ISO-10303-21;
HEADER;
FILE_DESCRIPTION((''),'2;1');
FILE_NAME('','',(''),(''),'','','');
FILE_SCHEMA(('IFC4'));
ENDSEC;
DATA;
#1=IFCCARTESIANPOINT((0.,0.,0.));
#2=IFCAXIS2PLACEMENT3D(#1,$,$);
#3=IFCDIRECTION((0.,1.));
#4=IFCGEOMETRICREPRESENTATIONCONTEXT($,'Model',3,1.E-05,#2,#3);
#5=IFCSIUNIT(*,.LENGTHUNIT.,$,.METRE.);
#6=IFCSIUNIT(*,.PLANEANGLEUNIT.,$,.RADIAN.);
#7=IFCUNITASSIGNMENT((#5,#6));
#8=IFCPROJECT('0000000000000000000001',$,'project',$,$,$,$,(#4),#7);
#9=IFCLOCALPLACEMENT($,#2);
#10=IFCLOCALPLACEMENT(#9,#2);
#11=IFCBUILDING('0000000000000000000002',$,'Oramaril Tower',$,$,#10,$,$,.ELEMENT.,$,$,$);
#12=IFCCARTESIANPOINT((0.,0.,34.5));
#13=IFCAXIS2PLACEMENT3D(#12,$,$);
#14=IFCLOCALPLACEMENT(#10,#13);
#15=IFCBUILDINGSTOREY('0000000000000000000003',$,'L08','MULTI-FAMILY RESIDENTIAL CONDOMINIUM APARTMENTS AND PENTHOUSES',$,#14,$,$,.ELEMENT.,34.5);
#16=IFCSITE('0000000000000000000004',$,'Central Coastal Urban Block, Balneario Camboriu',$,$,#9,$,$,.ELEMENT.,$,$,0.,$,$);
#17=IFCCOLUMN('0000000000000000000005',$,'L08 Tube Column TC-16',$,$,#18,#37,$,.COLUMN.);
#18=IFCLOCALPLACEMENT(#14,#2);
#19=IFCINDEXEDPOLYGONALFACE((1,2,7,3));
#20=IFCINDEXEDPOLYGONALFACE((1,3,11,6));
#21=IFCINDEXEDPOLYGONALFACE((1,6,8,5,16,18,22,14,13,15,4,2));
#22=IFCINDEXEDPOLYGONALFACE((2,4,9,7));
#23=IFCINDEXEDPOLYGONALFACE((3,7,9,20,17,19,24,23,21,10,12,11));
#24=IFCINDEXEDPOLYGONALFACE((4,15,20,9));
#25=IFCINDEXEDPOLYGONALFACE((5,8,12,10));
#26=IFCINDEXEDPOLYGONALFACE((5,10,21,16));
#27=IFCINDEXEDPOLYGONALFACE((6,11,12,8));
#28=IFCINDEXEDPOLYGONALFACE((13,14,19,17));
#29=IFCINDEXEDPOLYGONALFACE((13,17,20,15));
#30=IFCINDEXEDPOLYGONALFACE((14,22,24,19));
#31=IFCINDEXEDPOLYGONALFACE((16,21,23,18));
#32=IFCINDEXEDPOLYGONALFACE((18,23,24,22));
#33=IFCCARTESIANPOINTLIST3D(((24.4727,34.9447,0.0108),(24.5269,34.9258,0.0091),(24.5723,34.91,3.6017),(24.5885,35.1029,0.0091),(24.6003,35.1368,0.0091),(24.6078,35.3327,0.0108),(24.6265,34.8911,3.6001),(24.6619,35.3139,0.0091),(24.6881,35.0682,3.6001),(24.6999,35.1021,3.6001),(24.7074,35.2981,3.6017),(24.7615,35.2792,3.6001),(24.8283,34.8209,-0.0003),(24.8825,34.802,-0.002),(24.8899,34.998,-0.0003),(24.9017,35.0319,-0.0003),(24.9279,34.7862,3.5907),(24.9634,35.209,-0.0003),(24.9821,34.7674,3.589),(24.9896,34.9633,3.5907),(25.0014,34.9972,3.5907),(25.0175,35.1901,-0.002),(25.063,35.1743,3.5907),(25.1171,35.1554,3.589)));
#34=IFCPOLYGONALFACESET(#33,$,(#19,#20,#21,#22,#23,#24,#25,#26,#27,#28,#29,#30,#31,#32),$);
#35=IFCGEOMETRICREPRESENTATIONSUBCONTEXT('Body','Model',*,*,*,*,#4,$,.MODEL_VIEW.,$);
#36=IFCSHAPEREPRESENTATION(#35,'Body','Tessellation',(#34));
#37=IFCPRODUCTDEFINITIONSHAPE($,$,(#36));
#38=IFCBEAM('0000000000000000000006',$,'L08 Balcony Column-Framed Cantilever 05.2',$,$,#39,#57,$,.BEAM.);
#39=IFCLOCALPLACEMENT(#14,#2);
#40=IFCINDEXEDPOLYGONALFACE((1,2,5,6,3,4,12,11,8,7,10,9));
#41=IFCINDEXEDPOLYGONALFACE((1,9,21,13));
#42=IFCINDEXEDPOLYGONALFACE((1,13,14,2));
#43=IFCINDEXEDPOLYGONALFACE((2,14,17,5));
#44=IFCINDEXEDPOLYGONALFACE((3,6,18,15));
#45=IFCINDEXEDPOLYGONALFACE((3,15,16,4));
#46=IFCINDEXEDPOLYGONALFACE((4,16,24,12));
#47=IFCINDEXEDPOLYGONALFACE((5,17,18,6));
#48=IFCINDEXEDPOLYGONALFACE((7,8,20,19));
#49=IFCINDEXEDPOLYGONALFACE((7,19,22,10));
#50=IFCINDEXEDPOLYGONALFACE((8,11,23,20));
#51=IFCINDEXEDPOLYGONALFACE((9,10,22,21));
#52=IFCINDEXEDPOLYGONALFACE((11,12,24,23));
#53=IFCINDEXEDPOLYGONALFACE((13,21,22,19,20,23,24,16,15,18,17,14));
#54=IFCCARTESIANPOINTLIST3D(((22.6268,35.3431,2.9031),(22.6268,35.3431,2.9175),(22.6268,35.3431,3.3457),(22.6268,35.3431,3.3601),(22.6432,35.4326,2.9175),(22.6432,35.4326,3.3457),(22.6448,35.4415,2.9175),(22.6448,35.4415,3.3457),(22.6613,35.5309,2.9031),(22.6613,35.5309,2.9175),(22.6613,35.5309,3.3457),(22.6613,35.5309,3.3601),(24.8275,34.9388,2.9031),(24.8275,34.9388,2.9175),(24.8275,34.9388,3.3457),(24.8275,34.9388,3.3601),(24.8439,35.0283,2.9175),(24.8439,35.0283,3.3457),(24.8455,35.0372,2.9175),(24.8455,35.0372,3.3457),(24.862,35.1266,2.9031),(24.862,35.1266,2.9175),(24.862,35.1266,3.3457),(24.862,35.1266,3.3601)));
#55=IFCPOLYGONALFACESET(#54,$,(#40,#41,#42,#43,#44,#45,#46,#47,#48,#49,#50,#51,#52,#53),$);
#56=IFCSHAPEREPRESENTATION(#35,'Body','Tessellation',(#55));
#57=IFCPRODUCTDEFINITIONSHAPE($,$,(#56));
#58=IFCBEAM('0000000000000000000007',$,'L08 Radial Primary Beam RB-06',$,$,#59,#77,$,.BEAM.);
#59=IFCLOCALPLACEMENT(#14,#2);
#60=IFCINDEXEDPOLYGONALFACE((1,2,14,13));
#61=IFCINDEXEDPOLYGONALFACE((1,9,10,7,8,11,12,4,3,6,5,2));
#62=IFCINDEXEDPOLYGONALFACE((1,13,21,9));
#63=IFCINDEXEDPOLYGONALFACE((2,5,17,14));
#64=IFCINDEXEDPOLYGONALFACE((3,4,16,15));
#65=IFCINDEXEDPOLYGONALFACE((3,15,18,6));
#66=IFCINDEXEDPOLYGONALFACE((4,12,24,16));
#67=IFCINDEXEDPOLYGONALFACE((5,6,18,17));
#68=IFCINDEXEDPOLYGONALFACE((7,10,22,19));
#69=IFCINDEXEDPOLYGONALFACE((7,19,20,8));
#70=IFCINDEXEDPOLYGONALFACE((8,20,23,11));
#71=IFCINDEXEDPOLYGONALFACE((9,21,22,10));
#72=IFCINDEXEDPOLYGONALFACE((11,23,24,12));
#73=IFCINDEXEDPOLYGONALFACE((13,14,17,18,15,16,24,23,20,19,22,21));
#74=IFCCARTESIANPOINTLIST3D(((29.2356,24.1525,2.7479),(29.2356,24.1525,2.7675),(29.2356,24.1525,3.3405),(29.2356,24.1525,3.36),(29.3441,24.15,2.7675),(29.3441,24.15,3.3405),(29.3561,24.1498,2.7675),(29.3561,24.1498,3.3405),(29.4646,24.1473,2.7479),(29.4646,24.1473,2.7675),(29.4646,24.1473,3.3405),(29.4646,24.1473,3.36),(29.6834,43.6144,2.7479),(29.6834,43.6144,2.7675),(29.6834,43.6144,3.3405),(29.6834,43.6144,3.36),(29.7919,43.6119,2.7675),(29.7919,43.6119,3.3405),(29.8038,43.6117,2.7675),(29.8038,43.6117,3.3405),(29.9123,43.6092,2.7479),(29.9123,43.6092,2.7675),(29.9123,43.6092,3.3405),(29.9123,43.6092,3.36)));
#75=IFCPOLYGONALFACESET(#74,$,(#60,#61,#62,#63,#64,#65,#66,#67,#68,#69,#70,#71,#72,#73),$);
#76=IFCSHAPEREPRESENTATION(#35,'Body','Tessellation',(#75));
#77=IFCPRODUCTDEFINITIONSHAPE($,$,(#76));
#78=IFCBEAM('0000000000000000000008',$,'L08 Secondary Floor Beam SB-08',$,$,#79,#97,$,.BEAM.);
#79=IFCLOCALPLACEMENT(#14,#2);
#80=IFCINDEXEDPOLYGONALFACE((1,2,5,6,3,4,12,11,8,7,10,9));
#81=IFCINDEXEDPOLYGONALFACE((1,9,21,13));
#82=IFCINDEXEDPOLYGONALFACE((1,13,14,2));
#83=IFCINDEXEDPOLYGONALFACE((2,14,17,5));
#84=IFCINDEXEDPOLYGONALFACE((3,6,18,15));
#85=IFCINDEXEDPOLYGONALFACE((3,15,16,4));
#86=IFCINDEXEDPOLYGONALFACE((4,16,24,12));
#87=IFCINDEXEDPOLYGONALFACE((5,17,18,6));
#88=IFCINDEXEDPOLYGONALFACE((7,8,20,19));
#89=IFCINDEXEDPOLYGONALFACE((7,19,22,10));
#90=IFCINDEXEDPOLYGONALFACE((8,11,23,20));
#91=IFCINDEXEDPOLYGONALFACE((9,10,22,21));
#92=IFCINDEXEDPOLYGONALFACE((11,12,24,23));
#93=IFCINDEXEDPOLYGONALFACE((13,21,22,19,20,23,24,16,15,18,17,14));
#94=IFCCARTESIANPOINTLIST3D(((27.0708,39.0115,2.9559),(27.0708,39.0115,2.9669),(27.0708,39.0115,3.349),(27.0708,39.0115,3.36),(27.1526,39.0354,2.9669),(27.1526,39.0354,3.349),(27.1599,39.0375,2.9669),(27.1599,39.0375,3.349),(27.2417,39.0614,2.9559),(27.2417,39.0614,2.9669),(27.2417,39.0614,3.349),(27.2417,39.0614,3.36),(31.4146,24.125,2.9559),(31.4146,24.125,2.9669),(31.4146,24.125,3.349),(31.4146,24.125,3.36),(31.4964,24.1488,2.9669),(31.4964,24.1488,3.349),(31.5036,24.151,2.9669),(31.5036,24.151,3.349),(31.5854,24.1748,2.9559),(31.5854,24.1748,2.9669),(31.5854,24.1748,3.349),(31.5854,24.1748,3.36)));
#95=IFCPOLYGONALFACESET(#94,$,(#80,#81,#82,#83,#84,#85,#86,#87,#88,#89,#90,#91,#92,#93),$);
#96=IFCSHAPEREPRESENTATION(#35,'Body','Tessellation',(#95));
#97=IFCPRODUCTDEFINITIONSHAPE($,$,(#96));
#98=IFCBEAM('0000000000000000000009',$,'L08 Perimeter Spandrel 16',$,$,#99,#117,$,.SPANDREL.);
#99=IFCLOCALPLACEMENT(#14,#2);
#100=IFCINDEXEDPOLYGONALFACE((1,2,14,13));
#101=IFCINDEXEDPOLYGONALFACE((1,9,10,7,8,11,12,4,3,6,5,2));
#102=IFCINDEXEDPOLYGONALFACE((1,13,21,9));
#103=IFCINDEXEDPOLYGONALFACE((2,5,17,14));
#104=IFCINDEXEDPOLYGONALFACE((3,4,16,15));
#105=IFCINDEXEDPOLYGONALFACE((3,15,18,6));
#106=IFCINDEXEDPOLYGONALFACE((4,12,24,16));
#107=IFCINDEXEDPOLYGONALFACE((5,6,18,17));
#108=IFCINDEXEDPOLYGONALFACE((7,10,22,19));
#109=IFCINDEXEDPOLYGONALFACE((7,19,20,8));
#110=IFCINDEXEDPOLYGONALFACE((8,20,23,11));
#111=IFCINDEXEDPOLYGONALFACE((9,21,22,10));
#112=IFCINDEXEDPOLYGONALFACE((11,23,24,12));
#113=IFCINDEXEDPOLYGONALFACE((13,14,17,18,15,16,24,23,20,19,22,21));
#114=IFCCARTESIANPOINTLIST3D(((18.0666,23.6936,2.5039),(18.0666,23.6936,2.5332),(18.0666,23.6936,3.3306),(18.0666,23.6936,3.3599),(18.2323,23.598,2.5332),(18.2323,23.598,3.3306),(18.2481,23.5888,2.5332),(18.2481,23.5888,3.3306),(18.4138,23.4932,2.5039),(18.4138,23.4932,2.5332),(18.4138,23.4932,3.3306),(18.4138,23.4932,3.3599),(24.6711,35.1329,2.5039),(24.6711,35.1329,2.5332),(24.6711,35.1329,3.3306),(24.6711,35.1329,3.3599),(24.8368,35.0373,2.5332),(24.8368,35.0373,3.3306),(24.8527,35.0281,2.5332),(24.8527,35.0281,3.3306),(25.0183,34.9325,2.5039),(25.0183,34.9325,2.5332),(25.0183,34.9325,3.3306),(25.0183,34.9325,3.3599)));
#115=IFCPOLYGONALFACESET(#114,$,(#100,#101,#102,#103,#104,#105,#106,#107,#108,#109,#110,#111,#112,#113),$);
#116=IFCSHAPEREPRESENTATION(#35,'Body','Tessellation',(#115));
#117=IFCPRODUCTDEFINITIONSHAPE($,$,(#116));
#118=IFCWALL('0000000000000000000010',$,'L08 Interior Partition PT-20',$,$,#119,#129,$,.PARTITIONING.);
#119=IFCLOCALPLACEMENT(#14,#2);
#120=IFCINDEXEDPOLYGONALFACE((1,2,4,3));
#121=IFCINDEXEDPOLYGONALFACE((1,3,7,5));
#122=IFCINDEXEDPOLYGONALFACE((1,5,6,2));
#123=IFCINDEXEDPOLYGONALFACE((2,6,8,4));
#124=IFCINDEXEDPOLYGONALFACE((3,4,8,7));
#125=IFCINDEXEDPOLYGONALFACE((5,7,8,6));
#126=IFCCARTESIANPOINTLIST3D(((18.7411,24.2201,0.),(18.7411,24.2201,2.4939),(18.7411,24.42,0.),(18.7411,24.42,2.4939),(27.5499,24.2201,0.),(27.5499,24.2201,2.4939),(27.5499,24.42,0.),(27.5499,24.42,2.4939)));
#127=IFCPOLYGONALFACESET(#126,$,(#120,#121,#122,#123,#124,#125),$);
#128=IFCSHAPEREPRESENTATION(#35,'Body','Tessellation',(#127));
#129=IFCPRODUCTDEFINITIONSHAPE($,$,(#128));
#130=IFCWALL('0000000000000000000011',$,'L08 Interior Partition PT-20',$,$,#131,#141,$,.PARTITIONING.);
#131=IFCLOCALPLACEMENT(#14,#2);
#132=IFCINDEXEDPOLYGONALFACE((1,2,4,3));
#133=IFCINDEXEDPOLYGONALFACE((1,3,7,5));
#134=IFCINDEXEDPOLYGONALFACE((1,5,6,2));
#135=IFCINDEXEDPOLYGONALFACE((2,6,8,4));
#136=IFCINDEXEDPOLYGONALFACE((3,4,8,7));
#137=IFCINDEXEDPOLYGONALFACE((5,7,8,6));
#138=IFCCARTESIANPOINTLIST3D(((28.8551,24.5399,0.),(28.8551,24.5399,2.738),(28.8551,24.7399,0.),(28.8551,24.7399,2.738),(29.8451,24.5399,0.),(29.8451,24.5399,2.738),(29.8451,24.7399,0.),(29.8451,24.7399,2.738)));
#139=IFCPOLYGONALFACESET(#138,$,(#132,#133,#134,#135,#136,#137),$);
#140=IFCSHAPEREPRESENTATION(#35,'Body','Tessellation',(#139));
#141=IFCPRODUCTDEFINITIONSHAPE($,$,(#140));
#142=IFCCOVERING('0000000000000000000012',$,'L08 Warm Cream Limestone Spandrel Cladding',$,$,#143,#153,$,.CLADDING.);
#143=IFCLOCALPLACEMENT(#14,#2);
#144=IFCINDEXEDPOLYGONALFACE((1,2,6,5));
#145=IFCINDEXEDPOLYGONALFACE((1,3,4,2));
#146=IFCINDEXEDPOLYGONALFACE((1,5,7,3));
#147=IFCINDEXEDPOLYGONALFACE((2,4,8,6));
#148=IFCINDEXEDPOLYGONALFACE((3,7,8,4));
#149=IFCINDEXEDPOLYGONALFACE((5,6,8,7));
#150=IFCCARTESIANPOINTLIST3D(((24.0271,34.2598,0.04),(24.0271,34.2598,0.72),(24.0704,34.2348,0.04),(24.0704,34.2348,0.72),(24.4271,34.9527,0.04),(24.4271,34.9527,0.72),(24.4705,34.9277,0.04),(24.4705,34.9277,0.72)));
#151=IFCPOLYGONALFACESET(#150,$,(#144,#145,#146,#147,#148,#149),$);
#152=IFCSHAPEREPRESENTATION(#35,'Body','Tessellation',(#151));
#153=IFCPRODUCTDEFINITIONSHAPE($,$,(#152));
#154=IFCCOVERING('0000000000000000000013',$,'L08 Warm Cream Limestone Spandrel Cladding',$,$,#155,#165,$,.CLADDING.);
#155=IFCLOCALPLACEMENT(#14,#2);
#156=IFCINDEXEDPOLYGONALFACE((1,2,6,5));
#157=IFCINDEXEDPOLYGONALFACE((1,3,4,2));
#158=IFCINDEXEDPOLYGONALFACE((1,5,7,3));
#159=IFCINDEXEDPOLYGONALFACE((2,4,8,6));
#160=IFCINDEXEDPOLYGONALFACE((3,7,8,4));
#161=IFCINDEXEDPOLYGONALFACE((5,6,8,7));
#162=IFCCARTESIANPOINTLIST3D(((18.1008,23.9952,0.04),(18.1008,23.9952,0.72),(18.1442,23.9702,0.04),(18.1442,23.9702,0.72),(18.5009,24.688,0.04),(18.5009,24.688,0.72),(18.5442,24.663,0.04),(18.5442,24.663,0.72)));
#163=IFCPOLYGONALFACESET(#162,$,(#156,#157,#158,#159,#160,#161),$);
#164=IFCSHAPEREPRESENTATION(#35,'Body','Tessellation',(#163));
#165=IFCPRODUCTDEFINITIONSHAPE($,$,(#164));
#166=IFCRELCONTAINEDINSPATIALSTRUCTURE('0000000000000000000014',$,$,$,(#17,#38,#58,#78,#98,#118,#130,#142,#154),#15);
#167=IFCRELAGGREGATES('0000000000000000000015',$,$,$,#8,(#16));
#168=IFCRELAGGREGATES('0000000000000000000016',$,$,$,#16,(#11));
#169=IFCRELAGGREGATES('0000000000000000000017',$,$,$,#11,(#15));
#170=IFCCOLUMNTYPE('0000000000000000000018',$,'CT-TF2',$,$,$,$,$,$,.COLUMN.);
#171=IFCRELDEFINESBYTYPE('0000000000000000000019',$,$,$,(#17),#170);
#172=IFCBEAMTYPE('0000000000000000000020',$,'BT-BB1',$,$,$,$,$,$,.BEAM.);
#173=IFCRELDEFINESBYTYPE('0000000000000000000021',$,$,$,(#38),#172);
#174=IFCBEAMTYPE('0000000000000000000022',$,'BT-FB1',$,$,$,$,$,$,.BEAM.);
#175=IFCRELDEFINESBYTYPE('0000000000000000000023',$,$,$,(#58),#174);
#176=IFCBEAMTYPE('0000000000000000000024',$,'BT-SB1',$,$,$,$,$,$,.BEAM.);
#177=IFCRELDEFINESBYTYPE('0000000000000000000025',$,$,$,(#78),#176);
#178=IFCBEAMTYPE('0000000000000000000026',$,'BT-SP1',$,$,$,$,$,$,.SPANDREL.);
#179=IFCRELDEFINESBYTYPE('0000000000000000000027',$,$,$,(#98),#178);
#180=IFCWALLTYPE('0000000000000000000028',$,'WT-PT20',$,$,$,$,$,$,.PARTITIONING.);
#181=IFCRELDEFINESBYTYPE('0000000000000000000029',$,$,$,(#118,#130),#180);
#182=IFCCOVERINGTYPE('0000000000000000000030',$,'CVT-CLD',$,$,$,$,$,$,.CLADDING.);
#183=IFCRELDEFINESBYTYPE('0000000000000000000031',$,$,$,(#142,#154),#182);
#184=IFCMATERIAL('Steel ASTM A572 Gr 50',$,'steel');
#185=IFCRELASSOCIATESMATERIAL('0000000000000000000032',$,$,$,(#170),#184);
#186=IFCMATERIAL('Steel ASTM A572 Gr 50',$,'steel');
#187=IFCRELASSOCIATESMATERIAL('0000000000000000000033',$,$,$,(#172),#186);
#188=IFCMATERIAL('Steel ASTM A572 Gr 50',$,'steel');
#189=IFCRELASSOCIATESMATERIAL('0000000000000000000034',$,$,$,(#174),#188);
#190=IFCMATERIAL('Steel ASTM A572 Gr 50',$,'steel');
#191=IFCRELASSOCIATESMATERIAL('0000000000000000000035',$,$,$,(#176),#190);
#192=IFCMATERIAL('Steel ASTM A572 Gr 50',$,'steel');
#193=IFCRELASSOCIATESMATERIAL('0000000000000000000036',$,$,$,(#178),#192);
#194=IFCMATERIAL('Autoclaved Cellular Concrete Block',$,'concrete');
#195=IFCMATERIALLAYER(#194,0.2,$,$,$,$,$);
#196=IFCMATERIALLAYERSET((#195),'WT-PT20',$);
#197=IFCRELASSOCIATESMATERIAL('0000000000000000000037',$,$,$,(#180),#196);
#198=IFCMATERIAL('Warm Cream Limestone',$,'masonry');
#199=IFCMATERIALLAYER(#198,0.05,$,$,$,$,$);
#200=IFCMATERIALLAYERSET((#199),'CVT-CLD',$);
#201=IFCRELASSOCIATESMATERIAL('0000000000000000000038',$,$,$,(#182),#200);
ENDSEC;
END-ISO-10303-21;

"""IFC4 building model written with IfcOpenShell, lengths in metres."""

from ifc_helpers import new_model, si_unit, direction, frame, frame_2d, origin, origin_2d, place, context, subcontext, project, spatial, rectangle, i_section, extrude, material, layer, layer_set, material_profile, profile_set, type_object, element, save


model = new_model("IFC4")

# Units and contexts
model_context = context("Model", 3, precision=1e-05, world=origin(), true_north=direction((0.0, 1.0)))
body_context = subcontext(model_context, "Body", "Model", "MODEL_VIEW")
ifc_project = project(units=[si_unit("LENGTHUNIT", "METRE"), si_unit("PLANEANGLEUNIT", "RADIAN")], contexts=[model_context])

# Site, building, storey
site_placement = place(None, origin())
site = spatial("IfcSite", under=ifc_project, at=site_placement, Name="Central Coastal Urban Block, Balneario Camboriu", CompositionType="ELEMENT", RefElevation=0.0)
building_placement = place(site_placement, origin())
building = spatial("IfcBuilding", under=site, at=building_placement, Name="Oramaril Tower", CompositionType="ELEMENT")
storey_placement = place(building_placement, frame((0.0, 0.0, 34.5)))
storey = spatial("IfcBuildingStorey", under=building, at=storey_placement, Name="L08", Description="MULTI-FAMILY RESIDENTIAL CONDOMINIUM APARTMENTS AND PENTHOUSES", CompositionType="ELEMENT", Elevation=34.5)

# Column
ifc_material_1 = material(Name="Steel ASTM A572 Gr 50", Category="steel")
ifc_material_profile_1 = material_profile(ifc_material_1, i_section(OverallWidth=0.4109, OverallDepth=0.4341, WebThickness=0.0359, FlangeThickness=0.0574, at=origin_2d()), Name="W14X311")
ifc_profile_set_1 = profile_set([ifc_material_profile_1], Name="Steel ASTM A572 Gr 50")
column_type = type_object("IfcColumnType", Name="CT-TF2", PredefinedType="COLUMN", material=ifc_profile_set_1)
column_placement = place(storey_placement, frame((24.7451, 35.0674, 0.0044), z_axis=(0.027726, -0.00965, 0.999569), x_axis=(0.3287, 0.944434, 0.0)))
element("IfcColumn", 1, at=column_placement, inside=storey, type_object=column_type, Name="L08 Tube Column TC-16", PredefinedType="COLUMN", context=body_context, shape_type="SweptSolid", body=[
    extrude(i_section(OverallWidth=0.4109, OverallDepth=0.4341, WebThickness=0.0359, FlangeThickness=0.0574, at=origin_2d()), origin(), (0.0, 0.0, 1.0), 3.5925),
])

# Beams
ifc_material_2 = material(Name="Steel ASTM A572 Gr 50", Category="steel")
ifc_material_profile_2 = material_profile(ifc_material_2, i_section(OverallWidth=0.1909, OverallDepth=0.457, WebThickness=0.009, FlangeThickness=0.0144, at=origin_2d()), Name="W18X50")
ifc_profile_set_2 = profile_set([ifc_material_profile_2], Name="Steel ASTM A572 Gr 50")
beam_type_1 = type_object("IfcBeamType", Name="BT-BB1", PredefinedType="BEAM", material=ifc_profile_set_2)
beam_1_placement = place(storey_placement, frame((24.8447, 35.0327, 3.1316), z_axis=(-0.98354, 0.18069, 0.0), x_axis=(-0.18069, -0.98354, 0.0)))
element("IfcBeam", 2, at=beam_1_placement, inside=storey, type_object=beam_type_1, Name="L08 Balcony Column-Framed Cantilever 05.2", PredefinedType="BEAM", context=body_context, shape_type="SweptSolid", body=[
    extrude(i_section(OverallWidth=0.1909, OverallDepth=0.457, WebThickness=0.009, FlangeThickness=0.0144, at=origin_2d()), origin(), (0.0, 0.0, 1.0), 2.2375),
])
ifc_material_3 = material(Name="Steel ASTM A572 Gr 50", Category="steel")
ifc_material_profile_3 = material_profile(ifc_material_3, i_section(OverallWidth=0.229, OverallDepth=0.6121, WebThickness=0.012, FlangeThickness=0.0195, at=origin_2d()), Name="W24X84")
ifc_profile_set_3 = profile_set([ifc_material_profile_3], Name="Steel ASTM A572 Gr 50")
beam_type_2 = type_object("IfcBeamType", Name="BT-FB1", PredefinedType="BEAM", material=ifc_profile_set_3)
beam_2_placement = place(storey_placement, frame((29.3501, 24.1499, 3.054), z_axis=(0.023001, 0.999735, 0.0), x_axis=(-0.999735, 0.023001, 0.0)))
element("IfcBeam", 3, at=beam_2_placement, inside=storey, type_object=beam_type_2, Name="L08 Radial Primary Beam RB-06", PredefinedType="BEAM", context=body_context, shape_type="SweptSolid", body=[
    extrude(i_section(OverallWidth=0.229, OverallDepth=0.6121, WebThickness=0.012, FlangeThickness=0.0195, at=origin_2d()), origin(), (0.0, 0.0, 1.0), 19.467),
])
ifc_material_4 = material(Name="Steel ASTM A572 Gr 50", Category="steel")
ifc_material_profile_4 = material_profile(ifc_material_4, i_section(OverallWidth=0.178, OverallDepth=0.4041, WebThickness=0.0076, FlangeThickness=0.011, at=origin_2d()), Name="W16X36")
ifc_profile_set_4 = profile_set([ifc_material_profile_4], Name="Steel ASTM A572 Gr 50")
beam_type_3 = type_object("IfcBeamType", Name="BT-SB1", PredefinedType="BEAM", material=ifc_profile_set_4)
beam_3_placement = place(storey_placement, frame((31.5, 24.1499, 3.158), z_axis=(-0.280111, 0.959968, 0.0), x_axis=(-0.959968, -0.280111, 0.0)))
element("IfcBeam", 4, at=beam_3_placement, inside=storey, type_object=beam_type_3, Name="L08 Secondary Floor Beam SB-08", PredefinedType="BEAM", context=body_context, shape_type="SweptSolid", body=[
    extrude(i_section(OverallWidth=0.178, OverallDepth=0.4041, WebThickness=0.0076, FlangeThickness=0.011, at=origin_2d()), origin(), (0.0, 0.0, 1.0), 15.5073),
])
ifc_material_5 = material(Name="Steel ASTM A572 Gr 50", Category="steel")
ifc_material_profile_5 = material_profile(ifc_material_5, i_section(OverallWidth=0.4009, OverallDepth=0.856, WebThickness=0.0183, FlangeThickness=0.0293, at=origin_2d()), Name="W33X201")
ifc_profile_set_5 = profile_set([ifc_material_profile_5], Name="Steel ASTM A572 Gr 50")
beam_type_4 = type_object("IfcBeamType", Name="BT-SP1", PredefinedType="SPANDREL", material=ifc_profile_set_5)
beam_4_placement = place(storey_placement, frame((24.8447, 35.0327, 2.9319), z_axis=(-0.500004, -0.866023, 0.0), x_axis=(0.866023, -0.500004, 0.0)))
element("IfcBeam", 5, at=beam_4_placement, inside=storey, type_object=beam_type_4, Name="L08 Perimeter Spandrel 16", PredefinedType="SPANDREL", context=body_context, shape_type="SweptSolid", body=[
    extrude(i_section(OverallWidth=0.4009, OverallDepth=0.856, WebThickness=0.0183, FlangeThickness=0.0293, at=origin_2d()), origin(), (0.0, 0.0, 1.0), 13.209),
])

# Walls
ifc_material_6 = material(Name="Autoclaved Cellular Concrete Block", Category="concrete")
ifc_layer_1 = layer(ifc_material_6, 0.2)
ifc_layer_set_1 = layer_set([ifc_layer_1], Name="WT-PT20")
wall_type_1 = type_object("IfcWallType", Name="WT-PT20", PredefinedType="PARTITIONING", material=ifc_layer_set_1)
wall_1_placement = place(storey_placement, frame((18.7412, 24.3201, 0.0), z_axis=(0.0, 0.0, 1.0), x_axis=(1.0, 0.0, 0.0)))
element("IfcWall", 6, at=wall_1_placement, inside=storey, type_object=wall_type_1, Name="L08 Interior Partition PT-20", PredefinedType="PARTITIONING", context=body_context, shape_type="SweptSolid", body=[
    extrude(rectangle(XDim=8.8088, YDim=0.2, at=frame_2d((4.4043, 0.0))), origin(), (0.0, 0.0, 1.0), 2.4939),
])
wall_2_placement = place(storey_placement, frame((28.855, 24.6399, 0.0), z_axis=(0.0, 0.0, 1.0), x_axis=(1.0, 0.0, 0.0)))
element("IfcWall", 7, at=wall_2_placement, inside=storey, type_object=wall_type_1, Name="L08 Interior Partition PT-20", PredefinedType="PARTITIONING", context=body_context, shape_type="SweptSolid", body=[
    extrude(rectangle(XDim=0.99, YDim=0.2, at=frame_2d((0.4951, 0.0))), origin(), (0.0, 0.0, 1.0), 2.738),
])

# Coverings
ifc_material_7 = material(Name="Warm Cream Limestone", Category="masonry")
ifc_layer_2 = layer(ifc_material_7, 0.05)
ifc_layer_set_2 = layer_set([ifc_layer_2], Name="CVT-CLD")
covering_type = type_object("IfcCoveringType", Name="CVT-CLD", PredefinedType="CLADDING", material=ifc_layer_set_2)
for number, where, z_axis, x_axis, name in (
    (8, (24.2488, 34.5938, 0.04), (0.0, 0.0, 1.0), (-0.5, -0.866025, 0.0), "L08 Warm Cream Limestone Spandrel Cladding"),
    (9, (18.3225, 24.3291, 0.04), (0.0, 0.0, 1.0), (-0.5, -0.866025, 0.0), "L08 Warm Cream Limestone Spandrel Cladding"),
):
    element("IfcCovering", number, at=place(storey_placement, frame(where, z_axis=z_axis, x_axis=x_axis)), inside=storey, type_object=covering_type, Name=name, PredefinedType="CLADDING", context=body_context, shape_type="SweptSolid", body=[
        extrude(rectangle(XDim=0.8, YDim=0.05, at=origin_2d()), origin(), (0.0, 0.0, 1.0), 0.6799),
    ])

save(model, "model.ifc")
